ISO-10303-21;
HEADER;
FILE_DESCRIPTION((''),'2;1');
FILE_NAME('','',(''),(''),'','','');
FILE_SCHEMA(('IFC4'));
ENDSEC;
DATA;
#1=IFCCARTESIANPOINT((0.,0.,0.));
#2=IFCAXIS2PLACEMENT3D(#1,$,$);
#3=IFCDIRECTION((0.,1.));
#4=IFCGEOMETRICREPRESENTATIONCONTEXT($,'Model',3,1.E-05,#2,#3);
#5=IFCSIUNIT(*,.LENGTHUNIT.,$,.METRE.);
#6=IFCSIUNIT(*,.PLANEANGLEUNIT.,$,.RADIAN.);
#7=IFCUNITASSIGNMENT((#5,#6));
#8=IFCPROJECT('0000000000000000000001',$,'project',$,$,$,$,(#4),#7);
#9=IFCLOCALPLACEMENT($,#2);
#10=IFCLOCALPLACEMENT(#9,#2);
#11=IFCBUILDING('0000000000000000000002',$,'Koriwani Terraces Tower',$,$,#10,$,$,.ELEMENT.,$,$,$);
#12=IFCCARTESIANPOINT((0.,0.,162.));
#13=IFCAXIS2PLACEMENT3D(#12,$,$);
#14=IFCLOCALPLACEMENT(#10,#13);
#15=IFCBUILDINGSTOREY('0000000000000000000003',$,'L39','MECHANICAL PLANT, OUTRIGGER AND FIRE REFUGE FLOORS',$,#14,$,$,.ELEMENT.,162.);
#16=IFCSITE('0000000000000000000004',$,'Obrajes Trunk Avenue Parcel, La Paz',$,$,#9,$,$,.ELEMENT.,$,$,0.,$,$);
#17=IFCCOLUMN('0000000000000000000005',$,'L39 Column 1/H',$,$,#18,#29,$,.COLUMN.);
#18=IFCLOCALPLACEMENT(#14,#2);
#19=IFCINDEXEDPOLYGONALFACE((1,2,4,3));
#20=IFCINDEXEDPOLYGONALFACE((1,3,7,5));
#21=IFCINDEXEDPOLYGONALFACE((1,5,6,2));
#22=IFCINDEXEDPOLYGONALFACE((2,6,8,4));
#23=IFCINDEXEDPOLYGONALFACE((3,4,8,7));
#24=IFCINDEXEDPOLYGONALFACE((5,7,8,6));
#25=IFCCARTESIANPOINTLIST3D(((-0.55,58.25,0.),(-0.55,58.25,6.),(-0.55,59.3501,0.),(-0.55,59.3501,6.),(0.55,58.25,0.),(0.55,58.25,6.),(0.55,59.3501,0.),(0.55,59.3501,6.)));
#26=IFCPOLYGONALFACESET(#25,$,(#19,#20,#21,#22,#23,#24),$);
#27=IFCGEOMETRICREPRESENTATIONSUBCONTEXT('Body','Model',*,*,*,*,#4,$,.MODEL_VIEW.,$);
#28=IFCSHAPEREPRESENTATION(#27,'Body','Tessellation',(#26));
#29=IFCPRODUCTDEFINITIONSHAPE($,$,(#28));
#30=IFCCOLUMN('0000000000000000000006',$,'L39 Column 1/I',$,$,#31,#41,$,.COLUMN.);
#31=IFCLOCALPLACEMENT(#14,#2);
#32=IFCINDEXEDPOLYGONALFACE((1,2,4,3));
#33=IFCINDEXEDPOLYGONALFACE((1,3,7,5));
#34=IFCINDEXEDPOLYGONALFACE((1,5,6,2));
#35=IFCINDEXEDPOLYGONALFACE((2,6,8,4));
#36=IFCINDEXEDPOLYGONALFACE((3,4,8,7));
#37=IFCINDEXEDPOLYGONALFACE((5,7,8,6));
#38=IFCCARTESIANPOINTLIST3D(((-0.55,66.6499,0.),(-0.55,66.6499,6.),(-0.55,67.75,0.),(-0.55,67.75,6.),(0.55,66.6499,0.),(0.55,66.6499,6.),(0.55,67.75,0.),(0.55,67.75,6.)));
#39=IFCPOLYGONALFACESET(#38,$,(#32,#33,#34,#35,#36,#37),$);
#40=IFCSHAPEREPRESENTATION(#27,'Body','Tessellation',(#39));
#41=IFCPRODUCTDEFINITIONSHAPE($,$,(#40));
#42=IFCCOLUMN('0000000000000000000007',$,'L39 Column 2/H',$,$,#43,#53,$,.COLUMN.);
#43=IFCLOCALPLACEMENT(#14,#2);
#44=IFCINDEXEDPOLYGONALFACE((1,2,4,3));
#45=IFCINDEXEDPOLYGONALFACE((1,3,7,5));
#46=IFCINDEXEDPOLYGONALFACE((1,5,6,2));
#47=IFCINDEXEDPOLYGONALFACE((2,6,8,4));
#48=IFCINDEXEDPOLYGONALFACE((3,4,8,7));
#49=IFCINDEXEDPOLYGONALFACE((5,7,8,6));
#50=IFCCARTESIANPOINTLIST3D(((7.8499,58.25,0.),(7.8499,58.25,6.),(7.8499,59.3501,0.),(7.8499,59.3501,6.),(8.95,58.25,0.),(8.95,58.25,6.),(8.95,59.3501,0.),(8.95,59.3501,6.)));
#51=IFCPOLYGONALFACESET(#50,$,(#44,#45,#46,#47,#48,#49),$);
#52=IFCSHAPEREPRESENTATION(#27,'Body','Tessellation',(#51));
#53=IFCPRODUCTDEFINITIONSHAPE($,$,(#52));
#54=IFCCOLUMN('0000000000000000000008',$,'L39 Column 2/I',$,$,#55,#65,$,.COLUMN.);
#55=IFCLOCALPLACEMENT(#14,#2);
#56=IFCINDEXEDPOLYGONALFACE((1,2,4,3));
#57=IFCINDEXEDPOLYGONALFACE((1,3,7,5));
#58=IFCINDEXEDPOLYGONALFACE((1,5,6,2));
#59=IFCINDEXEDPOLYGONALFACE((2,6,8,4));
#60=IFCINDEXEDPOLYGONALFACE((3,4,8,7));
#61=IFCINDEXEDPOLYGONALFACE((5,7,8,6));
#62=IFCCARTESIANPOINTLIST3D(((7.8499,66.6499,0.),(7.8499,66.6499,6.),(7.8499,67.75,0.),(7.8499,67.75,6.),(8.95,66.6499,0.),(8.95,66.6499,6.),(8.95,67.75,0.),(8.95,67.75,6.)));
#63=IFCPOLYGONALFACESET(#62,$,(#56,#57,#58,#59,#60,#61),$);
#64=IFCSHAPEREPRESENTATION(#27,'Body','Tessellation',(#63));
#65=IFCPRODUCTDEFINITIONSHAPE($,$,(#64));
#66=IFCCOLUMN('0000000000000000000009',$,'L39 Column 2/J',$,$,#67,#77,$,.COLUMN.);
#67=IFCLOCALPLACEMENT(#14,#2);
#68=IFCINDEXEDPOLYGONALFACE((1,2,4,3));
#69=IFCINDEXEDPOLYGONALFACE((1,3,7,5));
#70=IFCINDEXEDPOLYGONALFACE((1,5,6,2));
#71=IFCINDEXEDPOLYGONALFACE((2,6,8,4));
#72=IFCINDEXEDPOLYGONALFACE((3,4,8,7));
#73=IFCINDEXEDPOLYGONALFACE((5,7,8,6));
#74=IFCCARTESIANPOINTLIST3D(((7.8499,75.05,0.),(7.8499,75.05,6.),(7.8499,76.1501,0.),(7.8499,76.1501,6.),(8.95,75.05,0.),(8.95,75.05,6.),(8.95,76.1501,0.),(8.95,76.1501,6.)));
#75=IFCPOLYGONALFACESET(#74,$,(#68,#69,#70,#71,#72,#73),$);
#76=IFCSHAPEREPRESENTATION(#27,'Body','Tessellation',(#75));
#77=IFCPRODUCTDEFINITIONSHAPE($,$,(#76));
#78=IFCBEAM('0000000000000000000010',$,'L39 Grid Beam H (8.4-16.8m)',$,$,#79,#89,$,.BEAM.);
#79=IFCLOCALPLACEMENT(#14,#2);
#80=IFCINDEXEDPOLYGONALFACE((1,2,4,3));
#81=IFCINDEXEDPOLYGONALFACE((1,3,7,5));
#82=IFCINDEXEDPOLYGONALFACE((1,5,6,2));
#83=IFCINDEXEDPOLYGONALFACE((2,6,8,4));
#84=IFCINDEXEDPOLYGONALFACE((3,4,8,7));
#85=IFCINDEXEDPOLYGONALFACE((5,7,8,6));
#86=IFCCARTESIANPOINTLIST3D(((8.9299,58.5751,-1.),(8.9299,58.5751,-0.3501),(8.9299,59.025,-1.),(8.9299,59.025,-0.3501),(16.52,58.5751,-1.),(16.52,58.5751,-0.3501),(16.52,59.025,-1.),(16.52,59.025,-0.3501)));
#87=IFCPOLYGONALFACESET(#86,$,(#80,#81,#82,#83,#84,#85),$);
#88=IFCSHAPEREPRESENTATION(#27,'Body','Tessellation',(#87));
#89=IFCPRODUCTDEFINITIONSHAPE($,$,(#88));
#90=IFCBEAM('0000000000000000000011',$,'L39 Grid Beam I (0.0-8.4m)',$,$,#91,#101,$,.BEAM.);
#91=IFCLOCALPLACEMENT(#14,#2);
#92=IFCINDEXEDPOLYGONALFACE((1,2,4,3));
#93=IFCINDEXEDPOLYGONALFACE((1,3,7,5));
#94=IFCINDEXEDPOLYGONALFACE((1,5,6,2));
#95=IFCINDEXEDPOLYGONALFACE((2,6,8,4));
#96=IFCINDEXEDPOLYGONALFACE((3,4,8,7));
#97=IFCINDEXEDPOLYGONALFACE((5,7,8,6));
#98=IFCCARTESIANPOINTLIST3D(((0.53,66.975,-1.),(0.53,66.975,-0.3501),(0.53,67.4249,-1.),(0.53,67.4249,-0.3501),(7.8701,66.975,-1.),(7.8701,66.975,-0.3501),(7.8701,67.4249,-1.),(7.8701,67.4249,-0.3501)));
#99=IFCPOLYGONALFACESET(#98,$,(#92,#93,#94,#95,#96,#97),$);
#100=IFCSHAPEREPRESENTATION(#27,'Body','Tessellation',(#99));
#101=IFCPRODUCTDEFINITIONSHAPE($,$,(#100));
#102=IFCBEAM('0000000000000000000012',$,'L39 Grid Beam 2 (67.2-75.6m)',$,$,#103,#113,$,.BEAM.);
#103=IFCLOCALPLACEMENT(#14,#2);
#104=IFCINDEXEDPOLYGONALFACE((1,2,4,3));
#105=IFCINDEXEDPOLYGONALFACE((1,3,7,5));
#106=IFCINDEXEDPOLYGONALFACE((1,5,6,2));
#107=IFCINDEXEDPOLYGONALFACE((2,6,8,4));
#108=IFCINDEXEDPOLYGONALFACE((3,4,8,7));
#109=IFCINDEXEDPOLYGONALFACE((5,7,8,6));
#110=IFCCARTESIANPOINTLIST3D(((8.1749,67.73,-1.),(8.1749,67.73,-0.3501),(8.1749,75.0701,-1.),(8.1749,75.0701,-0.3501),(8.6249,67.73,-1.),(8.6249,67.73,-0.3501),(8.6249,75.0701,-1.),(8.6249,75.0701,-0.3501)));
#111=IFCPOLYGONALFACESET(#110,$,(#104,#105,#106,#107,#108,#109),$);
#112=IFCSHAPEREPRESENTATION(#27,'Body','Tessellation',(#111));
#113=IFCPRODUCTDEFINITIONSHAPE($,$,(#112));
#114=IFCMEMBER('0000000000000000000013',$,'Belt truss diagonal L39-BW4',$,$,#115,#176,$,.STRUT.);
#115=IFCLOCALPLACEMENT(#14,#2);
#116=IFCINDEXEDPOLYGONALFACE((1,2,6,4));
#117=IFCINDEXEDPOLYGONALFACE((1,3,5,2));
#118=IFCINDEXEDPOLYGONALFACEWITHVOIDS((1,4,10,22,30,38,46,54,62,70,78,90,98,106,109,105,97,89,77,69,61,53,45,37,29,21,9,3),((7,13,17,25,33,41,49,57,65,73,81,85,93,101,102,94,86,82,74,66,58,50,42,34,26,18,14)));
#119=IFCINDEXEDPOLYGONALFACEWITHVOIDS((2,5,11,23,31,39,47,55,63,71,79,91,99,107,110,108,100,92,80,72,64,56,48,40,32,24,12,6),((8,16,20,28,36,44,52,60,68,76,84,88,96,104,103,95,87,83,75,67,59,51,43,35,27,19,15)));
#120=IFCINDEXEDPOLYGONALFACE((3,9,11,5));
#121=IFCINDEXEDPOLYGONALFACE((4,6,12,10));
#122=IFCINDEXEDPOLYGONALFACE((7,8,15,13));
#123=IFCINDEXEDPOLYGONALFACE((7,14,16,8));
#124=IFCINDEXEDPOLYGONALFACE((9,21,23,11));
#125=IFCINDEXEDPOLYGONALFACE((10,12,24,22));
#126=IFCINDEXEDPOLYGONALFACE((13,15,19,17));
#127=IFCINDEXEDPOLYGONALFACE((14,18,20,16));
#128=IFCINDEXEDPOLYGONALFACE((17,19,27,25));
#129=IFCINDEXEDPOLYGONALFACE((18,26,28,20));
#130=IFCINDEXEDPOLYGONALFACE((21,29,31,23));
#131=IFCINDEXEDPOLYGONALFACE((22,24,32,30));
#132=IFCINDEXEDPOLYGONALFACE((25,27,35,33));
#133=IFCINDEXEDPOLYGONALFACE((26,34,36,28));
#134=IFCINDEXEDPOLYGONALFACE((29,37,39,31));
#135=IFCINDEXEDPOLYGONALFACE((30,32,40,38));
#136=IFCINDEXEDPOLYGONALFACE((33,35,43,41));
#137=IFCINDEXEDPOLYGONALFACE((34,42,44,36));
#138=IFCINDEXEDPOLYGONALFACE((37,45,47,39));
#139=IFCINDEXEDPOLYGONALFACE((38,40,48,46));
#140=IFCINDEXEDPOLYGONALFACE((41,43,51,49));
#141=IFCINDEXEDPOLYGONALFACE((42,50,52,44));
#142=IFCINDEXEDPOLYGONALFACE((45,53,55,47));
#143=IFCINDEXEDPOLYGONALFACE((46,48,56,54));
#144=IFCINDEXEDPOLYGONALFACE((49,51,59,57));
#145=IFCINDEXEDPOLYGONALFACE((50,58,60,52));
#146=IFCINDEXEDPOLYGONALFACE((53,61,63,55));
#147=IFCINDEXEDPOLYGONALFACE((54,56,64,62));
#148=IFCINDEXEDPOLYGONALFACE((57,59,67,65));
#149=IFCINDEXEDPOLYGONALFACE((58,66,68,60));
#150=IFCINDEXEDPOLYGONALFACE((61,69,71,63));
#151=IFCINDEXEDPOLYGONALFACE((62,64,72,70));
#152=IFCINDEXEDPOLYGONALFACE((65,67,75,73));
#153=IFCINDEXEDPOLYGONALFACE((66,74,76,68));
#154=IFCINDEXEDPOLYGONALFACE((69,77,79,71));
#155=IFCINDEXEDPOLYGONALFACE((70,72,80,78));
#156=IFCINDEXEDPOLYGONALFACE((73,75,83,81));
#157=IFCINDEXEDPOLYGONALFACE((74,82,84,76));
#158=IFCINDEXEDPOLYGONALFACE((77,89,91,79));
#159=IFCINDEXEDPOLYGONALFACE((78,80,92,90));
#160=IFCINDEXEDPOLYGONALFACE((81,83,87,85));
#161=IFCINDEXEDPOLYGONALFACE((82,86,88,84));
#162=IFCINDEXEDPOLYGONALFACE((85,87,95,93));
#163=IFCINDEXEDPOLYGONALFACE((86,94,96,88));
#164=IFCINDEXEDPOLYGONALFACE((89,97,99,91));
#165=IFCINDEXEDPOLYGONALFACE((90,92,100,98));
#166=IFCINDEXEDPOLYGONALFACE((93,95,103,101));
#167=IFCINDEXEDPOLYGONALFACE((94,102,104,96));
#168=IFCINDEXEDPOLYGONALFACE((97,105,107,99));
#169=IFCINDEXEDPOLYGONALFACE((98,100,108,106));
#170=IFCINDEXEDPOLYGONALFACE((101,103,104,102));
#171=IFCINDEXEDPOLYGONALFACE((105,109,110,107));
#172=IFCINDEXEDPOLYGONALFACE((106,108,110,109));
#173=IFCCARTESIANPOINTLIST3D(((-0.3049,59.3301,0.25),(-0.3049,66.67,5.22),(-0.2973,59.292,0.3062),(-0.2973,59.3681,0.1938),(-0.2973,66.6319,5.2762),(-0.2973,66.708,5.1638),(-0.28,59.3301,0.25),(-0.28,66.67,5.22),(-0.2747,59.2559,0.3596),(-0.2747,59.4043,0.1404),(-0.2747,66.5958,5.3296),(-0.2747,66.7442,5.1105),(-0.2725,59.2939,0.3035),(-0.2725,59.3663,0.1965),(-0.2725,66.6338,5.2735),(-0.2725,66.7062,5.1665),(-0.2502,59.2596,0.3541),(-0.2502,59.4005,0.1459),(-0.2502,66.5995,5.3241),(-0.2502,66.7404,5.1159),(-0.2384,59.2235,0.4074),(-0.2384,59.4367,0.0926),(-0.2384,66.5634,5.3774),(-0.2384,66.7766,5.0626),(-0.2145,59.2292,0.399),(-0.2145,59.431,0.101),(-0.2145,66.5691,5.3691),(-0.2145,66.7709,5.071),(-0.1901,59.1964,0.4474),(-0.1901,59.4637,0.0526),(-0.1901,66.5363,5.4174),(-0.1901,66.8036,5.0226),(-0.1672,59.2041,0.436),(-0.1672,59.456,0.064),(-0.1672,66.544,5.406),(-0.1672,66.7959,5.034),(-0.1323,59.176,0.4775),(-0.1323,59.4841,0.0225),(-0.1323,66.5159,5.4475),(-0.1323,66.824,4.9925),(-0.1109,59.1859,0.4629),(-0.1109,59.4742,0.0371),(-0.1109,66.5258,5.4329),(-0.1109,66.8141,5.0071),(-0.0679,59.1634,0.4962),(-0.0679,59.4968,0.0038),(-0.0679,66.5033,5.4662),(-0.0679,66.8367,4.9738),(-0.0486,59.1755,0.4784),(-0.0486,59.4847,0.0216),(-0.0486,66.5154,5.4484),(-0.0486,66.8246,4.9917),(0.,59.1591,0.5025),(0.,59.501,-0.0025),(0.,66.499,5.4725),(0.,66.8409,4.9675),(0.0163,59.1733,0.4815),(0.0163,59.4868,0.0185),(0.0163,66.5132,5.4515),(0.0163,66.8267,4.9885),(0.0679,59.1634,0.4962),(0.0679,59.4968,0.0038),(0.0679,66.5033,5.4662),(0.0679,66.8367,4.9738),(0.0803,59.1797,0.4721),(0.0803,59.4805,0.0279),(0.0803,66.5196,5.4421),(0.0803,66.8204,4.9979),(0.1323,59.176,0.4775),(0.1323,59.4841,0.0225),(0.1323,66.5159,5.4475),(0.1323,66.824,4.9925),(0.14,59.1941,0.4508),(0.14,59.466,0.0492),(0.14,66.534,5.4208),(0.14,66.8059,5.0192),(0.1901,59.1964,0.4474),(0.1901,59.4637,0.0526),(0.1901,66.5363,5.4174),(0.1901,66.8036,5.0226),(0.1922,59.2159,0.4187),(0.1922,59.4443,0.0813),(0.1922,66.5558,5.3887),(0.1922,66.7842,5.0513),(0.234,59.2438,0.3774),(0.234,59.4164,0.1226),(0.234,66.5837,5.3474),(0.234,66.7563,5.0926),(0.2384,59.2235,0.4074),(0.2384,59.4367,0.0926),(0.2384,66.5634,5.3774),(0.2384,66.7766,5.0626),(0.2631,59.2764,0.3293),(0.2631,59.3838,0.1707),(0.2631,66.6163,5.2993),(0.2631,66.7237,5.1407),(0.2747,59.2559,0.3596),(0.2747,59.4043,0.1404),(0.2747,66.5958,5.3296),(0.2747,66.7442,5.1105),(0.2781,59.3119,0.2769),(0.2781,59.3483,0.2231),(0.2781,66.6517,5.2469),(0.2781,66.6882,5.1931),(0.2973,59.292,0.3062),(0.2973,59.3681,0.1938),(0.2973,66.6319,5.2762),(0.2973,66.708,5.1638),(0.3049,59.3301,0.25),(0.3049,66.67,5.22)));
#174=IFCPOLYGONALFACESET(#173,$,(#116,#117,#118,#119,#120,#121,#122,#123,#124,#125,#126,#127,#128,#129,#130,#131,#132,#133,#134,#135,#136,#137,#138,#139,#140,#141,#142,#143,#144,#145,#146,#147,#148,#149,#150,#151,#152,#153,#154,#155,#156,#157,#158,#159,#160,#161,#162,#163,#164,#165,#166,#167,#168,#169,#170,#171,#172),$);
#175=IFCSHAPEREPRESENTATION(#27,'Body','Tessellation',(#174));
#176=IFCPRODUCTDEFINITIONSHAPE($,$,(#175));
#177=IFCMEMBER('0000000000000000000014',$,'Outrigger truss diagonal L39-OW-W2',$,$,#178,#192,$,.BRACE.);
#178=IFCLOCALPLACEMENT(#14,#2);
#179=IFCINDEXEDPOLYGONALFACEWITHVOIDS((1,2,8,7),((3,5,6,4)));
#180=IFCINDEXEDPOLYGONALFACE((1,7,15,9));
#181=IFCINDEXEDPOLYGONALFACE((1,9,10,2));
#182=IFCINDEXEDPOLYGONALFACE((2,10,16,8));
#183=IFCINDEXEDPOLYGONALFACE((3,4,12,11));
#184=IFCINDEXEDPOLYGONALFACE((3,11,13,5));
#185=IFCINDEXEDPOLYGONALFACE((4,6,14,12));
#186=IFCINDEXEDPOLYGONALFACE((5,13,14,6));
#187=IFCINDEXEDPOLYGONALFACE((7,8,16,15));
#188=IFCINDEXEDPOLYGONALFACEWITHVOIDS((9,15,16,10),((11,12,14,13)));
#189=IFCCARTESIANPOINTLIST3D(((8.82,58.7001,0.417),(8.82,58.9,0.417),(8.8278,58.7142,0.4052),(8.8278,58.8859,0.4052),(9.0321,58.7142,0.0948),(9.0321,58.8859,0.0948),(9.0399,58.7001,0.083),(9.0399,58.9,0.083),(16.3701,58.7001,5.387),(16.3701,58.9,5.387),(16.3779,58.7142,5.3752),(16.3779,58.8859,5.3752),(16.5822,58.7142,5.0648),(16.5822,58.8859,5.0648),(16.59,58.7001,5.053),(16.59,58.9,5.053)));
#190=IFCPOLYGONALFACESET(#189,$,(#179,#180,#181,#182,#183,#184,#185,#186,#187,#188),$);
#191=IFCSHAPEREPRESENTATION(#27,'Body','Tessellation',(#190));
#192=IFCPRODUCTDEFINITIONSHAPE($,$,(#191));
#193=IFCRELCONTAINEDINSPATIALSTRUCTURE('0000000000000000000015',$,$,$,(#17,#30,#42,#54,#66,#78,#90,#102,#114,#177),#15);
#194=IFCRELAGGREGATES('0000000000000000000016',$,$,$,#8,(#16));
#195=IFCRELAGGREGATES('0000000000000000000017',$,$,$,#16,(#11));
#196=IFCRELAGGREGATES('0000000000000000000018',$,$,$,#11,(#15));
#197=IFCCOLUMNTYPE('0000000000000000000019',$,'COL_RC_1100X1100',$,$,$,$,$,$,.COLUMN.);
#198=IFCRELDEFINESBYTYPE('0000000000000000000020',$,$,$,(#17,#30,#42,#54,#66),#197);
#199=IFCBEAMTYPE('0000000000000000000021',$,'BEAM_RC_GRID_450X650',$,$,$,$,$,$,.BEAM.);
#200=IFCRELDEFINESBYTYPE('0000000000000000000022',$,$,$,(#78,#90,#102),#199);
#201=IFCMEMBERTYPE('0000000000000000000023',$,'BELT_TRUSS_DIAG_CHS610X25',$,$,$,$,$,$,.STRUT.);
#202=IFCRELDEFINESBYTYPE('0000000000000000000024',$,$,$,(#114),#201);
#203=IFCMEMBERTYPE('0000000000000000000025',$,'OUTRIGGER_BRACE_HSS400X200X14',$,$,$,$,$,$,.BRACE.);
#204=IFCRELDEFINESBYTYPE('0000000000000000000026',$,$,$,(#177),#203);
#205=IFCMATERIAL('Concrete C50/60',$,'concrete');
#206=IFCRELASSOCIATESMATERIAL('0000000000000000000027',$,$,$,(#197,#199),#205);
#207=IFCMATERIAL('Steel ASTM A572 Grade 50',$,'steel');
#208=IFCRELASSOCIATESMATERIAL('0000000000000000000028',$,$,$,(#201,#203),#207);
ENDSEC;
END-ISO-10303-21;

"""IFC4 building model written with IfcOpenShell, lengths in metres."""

from ifc_helpers import new_model, si_unit, direction, frame, origin, origin_2d, place, context, subcontext, project, spatial, rectangle, hollow_rectangle, hollow_circle, extrude, material, material_profile, profile_set, type_object, element, save


model = new_model("IFC4")

# Units and contexts
model_context = context("Model", 3, precision=1e-05, world=origin(), true_north=direction((0.0, 1.0)))
body_context = subcontext(model_context, "Body", "Model", "MODEL_VIEW")
ifc_project = project(units=[si_unit("LENGTHUNIT", "METRE"), si_unit("PLANEANGLEUNIT", "RADIAN")], contexts=[model_context])

# Site, building, storey
site_placement = place(None, origin())
site = spatial("IfcSite", under=ifc_project, at=site_placement, Name="Obrajes Trunk Avenue Parcel, La Paz", CompositionType="ELEMENT", RefElevation=0.0)
building_placement = place(site_placement, origin())
building = spatial("IfcBuilding", under=site, at=building_placement, Name="Koriwani Terraces Tower", CompositionType="ELEMENT")
storey_placement = place(building_placement, frame((0.0, 0.0, 162.0)))
storey = spatial("IfcBuildingStorey", under=building, at=storey_placement, Name="L39", Description="MECHANICAL PLANT, OUTRIGGER AND FIRE REFUGE FLOORS", CompositionType="ELEMENT", Elevation=162.0)

# Columns
ifc_material_1 = material(Name="Concrete C50/60", Category="concrete")
ifc_material_profile_1 = material_profile(ifc_material_1, rectangle(XDim=1.1001, YDim=1.1001, at=origin_2d()), Name="Concrete C50/60", Category="LoadBearing")
ifc_profile_set_1 = profile_set([ifc_material_profile_1], Name="Concrete C50/60")
column_type = type_object("IfcColumnType", Name="COL_RC_1100X1100", PredefinedType="COLUMN", material=ifc_profile_set_1)
for number, where, z_axis, x_axis, name in (
    (1, (0.0, 58.8, 0.0), (0.0, 0.0, 1.0), (1.0, 0.0, 0.0), "L39 Column 1/H"),
    (2, (0.0, 67.2, 0.0), (0.0, 0.0, 1.0), (1.0, 0.0, 0.0), "L39 Column 1/I"),
    (3, (8.3999, 58.8, 0.0), (0.0, 0.0, 1.0), (1.0, 0.0, 0.0), "L39 Column 2/H"),
    (4, (8.3999, 67.2, 0.0), (0.0, 0.0, 1.0), (1.0, 0.0, 0.0), "L39 Column 2/I"),
    (5, (8.3999, 75.6001, 0.0), (0.0, 0.0, 1.0), (1.0, 0.0, 0.0), "L39 Column 2/J"),
):
    element("IfcColumn", number, at=place(storey_placement, frame(where, z_axis=z_axis, x_axis=x_axis)), inside=storey, type_object=column_type, Name=name, PredefinedType="COLUMN", context=body_context, shape_type="SweptSolid", body=[
        extrude(rectangle(XDim=1.1001, YDim=1.1001, at=origin_2d()), origin(), (0.0, 0.0, 1.0), 6.0),
    ])

# Beams
ifc_material_profile_2 = material_profile(ifc_material_1, rectangle(XDim=0.45, YDim=0.6499, at=origin_2d()), Name="Concrete C50/60", Category="LoadBearing")
ifc_profile_set_2 = profile_set([ifc_material_profile_2], Name="Concrete C50/60")
beam_type_1 = type_object("IfcBeamType", Name="BEAM_RC_GRID_450X650", PredefinedType="BEAM", material=ifc_profile_set_2)
beam_1_placement = place(storey_placement, frame((8.9299, 58.8, -0.675), z_axis=(1.0, 0.0, 0.0), x_axis=(0.0, 1.0, 0.0)))
element("IfcBeam", 6, at=beam_1_placement, inside=storey, type_object=beam_type_1, Name="L39 Grid Beam H (8.4-16.8m)", PredefinedType="BEAM", context=body_context, shape_type="SweptSolid", body=[
    extrude(rectangle(XDim=0.45, YDim=0.6499, at=origin_2d()), origin(), (0.0, 0.0, 1.0), 7.5901),
])
for number, where, z_axis, x_axis, name in (
    (7, (0.53, 67.2, -0.675), (1.0, 0.0, 0.0), (0.0, 1.0, 0.0), "L39 Grid Beam I (0.0-8.4m)"),
    (8, (8.3999, 67.73, -0.675), (0.0, 1.0, 0.0), (-1.0, 0.0, 0.0), "L39 Grid Beam 2 (67.2-75.6m)"),
):
    element("IfcBeam", number, at=place(storey_placement, frame(where, z_axis=z_axis, x_axis=x_axis)), inside=storey, type_object=beam_type_1, Name=name, PredefinedType="BEAM", context=body_context, shape_type="SweptSolid", body=[
        extrude(rectangle(XDim=0.45, YDim=0.6499, at=origin_2d()), origin(), (0.0, 0.0, 1.0), 7.3401),
    ])

# Members
ifc_material_2 = material(Name="Steel ASTM A572 Grade 50", Category="steel")
ifc_material_profile_3 = material_profile(ifc_material_2, hollow_circle(Radius=0.3049, WallThickness=0.0249, at=origin_2d()), Name="Steel ASTM A572 Grade 50", Category="LoadBearing")
ifc_profile_set_3 = profile_set([ifc_material_profile_3], Name="Steel ASTM A572 Grade 50")
member_type_1 = type_object("IfcMemberType", Name="BELT_TRUSS_DIAG_CHS610X25", PredefinedType="STRUT", material=ifc_profile_set_3)
member_1_placement = place(storey_placement, frame((0.0, 59.3301, 0.25), z_axis=(0.0, 0.828033, 0.560679), x_axis=(-1.0, 0.0, 0.0)))
element("IfcMember", 9, at=member_1_placement, inside=storey, type_object=member_type_1, Name="Belt truss diagonal L39-BW4", PredefinedType="STRUT", context=body_context, shape_type="SweptSolid", body=[
    extrude(hollow_circle(Radius=0.3049, WallThickness=0.0249, at=origin_2d()), origin(), (0.0, 0.0, 1.0), 8.8643),
])
ifc_material_profile_4 = material_profile(ifc_material_2, hollow_rectangle(XDim=0.2, YDim=0.3999, WallThickness=0.0142, at=origin_2d()), Name="Steel ASTM A572 Grade 50", Category="LoadBearing")
ifc_profile_set_4 = profile_set([ifc_material_profile_4], Name="Steel ASTM A572 Grade 50")
member_type_2 = type_object("IfcMemberType", Name="OUTRIGGER_BRACE_HSS400X200X14", PredefinedType="BRACE", material=ifc_profile_set_4)
member_2_placement = place(storey_placement, frame((8.9299, 58.8, 0.25), z_axis=(0.835273, 0.0, 0.549835), x_axis=(0.0, 1.0, 0.0)))
element("IfcMember", 10, at=member_2_placement, inside=storey, type_object=member_type_2, Name="Outrigger truss diagonal L39-OW-W2", PredefinedType="BRACE", context=body_context, shape_type="SweptSolid", body=[
    extrude(hollow_rectangle(XDim=0.2, YDim=0.3999, WallThickness=0.0142, at=origin_2d()), origin(), (0.0, 0.0, 1.0), 9.0391),
])

save(model, "model.ifc")
